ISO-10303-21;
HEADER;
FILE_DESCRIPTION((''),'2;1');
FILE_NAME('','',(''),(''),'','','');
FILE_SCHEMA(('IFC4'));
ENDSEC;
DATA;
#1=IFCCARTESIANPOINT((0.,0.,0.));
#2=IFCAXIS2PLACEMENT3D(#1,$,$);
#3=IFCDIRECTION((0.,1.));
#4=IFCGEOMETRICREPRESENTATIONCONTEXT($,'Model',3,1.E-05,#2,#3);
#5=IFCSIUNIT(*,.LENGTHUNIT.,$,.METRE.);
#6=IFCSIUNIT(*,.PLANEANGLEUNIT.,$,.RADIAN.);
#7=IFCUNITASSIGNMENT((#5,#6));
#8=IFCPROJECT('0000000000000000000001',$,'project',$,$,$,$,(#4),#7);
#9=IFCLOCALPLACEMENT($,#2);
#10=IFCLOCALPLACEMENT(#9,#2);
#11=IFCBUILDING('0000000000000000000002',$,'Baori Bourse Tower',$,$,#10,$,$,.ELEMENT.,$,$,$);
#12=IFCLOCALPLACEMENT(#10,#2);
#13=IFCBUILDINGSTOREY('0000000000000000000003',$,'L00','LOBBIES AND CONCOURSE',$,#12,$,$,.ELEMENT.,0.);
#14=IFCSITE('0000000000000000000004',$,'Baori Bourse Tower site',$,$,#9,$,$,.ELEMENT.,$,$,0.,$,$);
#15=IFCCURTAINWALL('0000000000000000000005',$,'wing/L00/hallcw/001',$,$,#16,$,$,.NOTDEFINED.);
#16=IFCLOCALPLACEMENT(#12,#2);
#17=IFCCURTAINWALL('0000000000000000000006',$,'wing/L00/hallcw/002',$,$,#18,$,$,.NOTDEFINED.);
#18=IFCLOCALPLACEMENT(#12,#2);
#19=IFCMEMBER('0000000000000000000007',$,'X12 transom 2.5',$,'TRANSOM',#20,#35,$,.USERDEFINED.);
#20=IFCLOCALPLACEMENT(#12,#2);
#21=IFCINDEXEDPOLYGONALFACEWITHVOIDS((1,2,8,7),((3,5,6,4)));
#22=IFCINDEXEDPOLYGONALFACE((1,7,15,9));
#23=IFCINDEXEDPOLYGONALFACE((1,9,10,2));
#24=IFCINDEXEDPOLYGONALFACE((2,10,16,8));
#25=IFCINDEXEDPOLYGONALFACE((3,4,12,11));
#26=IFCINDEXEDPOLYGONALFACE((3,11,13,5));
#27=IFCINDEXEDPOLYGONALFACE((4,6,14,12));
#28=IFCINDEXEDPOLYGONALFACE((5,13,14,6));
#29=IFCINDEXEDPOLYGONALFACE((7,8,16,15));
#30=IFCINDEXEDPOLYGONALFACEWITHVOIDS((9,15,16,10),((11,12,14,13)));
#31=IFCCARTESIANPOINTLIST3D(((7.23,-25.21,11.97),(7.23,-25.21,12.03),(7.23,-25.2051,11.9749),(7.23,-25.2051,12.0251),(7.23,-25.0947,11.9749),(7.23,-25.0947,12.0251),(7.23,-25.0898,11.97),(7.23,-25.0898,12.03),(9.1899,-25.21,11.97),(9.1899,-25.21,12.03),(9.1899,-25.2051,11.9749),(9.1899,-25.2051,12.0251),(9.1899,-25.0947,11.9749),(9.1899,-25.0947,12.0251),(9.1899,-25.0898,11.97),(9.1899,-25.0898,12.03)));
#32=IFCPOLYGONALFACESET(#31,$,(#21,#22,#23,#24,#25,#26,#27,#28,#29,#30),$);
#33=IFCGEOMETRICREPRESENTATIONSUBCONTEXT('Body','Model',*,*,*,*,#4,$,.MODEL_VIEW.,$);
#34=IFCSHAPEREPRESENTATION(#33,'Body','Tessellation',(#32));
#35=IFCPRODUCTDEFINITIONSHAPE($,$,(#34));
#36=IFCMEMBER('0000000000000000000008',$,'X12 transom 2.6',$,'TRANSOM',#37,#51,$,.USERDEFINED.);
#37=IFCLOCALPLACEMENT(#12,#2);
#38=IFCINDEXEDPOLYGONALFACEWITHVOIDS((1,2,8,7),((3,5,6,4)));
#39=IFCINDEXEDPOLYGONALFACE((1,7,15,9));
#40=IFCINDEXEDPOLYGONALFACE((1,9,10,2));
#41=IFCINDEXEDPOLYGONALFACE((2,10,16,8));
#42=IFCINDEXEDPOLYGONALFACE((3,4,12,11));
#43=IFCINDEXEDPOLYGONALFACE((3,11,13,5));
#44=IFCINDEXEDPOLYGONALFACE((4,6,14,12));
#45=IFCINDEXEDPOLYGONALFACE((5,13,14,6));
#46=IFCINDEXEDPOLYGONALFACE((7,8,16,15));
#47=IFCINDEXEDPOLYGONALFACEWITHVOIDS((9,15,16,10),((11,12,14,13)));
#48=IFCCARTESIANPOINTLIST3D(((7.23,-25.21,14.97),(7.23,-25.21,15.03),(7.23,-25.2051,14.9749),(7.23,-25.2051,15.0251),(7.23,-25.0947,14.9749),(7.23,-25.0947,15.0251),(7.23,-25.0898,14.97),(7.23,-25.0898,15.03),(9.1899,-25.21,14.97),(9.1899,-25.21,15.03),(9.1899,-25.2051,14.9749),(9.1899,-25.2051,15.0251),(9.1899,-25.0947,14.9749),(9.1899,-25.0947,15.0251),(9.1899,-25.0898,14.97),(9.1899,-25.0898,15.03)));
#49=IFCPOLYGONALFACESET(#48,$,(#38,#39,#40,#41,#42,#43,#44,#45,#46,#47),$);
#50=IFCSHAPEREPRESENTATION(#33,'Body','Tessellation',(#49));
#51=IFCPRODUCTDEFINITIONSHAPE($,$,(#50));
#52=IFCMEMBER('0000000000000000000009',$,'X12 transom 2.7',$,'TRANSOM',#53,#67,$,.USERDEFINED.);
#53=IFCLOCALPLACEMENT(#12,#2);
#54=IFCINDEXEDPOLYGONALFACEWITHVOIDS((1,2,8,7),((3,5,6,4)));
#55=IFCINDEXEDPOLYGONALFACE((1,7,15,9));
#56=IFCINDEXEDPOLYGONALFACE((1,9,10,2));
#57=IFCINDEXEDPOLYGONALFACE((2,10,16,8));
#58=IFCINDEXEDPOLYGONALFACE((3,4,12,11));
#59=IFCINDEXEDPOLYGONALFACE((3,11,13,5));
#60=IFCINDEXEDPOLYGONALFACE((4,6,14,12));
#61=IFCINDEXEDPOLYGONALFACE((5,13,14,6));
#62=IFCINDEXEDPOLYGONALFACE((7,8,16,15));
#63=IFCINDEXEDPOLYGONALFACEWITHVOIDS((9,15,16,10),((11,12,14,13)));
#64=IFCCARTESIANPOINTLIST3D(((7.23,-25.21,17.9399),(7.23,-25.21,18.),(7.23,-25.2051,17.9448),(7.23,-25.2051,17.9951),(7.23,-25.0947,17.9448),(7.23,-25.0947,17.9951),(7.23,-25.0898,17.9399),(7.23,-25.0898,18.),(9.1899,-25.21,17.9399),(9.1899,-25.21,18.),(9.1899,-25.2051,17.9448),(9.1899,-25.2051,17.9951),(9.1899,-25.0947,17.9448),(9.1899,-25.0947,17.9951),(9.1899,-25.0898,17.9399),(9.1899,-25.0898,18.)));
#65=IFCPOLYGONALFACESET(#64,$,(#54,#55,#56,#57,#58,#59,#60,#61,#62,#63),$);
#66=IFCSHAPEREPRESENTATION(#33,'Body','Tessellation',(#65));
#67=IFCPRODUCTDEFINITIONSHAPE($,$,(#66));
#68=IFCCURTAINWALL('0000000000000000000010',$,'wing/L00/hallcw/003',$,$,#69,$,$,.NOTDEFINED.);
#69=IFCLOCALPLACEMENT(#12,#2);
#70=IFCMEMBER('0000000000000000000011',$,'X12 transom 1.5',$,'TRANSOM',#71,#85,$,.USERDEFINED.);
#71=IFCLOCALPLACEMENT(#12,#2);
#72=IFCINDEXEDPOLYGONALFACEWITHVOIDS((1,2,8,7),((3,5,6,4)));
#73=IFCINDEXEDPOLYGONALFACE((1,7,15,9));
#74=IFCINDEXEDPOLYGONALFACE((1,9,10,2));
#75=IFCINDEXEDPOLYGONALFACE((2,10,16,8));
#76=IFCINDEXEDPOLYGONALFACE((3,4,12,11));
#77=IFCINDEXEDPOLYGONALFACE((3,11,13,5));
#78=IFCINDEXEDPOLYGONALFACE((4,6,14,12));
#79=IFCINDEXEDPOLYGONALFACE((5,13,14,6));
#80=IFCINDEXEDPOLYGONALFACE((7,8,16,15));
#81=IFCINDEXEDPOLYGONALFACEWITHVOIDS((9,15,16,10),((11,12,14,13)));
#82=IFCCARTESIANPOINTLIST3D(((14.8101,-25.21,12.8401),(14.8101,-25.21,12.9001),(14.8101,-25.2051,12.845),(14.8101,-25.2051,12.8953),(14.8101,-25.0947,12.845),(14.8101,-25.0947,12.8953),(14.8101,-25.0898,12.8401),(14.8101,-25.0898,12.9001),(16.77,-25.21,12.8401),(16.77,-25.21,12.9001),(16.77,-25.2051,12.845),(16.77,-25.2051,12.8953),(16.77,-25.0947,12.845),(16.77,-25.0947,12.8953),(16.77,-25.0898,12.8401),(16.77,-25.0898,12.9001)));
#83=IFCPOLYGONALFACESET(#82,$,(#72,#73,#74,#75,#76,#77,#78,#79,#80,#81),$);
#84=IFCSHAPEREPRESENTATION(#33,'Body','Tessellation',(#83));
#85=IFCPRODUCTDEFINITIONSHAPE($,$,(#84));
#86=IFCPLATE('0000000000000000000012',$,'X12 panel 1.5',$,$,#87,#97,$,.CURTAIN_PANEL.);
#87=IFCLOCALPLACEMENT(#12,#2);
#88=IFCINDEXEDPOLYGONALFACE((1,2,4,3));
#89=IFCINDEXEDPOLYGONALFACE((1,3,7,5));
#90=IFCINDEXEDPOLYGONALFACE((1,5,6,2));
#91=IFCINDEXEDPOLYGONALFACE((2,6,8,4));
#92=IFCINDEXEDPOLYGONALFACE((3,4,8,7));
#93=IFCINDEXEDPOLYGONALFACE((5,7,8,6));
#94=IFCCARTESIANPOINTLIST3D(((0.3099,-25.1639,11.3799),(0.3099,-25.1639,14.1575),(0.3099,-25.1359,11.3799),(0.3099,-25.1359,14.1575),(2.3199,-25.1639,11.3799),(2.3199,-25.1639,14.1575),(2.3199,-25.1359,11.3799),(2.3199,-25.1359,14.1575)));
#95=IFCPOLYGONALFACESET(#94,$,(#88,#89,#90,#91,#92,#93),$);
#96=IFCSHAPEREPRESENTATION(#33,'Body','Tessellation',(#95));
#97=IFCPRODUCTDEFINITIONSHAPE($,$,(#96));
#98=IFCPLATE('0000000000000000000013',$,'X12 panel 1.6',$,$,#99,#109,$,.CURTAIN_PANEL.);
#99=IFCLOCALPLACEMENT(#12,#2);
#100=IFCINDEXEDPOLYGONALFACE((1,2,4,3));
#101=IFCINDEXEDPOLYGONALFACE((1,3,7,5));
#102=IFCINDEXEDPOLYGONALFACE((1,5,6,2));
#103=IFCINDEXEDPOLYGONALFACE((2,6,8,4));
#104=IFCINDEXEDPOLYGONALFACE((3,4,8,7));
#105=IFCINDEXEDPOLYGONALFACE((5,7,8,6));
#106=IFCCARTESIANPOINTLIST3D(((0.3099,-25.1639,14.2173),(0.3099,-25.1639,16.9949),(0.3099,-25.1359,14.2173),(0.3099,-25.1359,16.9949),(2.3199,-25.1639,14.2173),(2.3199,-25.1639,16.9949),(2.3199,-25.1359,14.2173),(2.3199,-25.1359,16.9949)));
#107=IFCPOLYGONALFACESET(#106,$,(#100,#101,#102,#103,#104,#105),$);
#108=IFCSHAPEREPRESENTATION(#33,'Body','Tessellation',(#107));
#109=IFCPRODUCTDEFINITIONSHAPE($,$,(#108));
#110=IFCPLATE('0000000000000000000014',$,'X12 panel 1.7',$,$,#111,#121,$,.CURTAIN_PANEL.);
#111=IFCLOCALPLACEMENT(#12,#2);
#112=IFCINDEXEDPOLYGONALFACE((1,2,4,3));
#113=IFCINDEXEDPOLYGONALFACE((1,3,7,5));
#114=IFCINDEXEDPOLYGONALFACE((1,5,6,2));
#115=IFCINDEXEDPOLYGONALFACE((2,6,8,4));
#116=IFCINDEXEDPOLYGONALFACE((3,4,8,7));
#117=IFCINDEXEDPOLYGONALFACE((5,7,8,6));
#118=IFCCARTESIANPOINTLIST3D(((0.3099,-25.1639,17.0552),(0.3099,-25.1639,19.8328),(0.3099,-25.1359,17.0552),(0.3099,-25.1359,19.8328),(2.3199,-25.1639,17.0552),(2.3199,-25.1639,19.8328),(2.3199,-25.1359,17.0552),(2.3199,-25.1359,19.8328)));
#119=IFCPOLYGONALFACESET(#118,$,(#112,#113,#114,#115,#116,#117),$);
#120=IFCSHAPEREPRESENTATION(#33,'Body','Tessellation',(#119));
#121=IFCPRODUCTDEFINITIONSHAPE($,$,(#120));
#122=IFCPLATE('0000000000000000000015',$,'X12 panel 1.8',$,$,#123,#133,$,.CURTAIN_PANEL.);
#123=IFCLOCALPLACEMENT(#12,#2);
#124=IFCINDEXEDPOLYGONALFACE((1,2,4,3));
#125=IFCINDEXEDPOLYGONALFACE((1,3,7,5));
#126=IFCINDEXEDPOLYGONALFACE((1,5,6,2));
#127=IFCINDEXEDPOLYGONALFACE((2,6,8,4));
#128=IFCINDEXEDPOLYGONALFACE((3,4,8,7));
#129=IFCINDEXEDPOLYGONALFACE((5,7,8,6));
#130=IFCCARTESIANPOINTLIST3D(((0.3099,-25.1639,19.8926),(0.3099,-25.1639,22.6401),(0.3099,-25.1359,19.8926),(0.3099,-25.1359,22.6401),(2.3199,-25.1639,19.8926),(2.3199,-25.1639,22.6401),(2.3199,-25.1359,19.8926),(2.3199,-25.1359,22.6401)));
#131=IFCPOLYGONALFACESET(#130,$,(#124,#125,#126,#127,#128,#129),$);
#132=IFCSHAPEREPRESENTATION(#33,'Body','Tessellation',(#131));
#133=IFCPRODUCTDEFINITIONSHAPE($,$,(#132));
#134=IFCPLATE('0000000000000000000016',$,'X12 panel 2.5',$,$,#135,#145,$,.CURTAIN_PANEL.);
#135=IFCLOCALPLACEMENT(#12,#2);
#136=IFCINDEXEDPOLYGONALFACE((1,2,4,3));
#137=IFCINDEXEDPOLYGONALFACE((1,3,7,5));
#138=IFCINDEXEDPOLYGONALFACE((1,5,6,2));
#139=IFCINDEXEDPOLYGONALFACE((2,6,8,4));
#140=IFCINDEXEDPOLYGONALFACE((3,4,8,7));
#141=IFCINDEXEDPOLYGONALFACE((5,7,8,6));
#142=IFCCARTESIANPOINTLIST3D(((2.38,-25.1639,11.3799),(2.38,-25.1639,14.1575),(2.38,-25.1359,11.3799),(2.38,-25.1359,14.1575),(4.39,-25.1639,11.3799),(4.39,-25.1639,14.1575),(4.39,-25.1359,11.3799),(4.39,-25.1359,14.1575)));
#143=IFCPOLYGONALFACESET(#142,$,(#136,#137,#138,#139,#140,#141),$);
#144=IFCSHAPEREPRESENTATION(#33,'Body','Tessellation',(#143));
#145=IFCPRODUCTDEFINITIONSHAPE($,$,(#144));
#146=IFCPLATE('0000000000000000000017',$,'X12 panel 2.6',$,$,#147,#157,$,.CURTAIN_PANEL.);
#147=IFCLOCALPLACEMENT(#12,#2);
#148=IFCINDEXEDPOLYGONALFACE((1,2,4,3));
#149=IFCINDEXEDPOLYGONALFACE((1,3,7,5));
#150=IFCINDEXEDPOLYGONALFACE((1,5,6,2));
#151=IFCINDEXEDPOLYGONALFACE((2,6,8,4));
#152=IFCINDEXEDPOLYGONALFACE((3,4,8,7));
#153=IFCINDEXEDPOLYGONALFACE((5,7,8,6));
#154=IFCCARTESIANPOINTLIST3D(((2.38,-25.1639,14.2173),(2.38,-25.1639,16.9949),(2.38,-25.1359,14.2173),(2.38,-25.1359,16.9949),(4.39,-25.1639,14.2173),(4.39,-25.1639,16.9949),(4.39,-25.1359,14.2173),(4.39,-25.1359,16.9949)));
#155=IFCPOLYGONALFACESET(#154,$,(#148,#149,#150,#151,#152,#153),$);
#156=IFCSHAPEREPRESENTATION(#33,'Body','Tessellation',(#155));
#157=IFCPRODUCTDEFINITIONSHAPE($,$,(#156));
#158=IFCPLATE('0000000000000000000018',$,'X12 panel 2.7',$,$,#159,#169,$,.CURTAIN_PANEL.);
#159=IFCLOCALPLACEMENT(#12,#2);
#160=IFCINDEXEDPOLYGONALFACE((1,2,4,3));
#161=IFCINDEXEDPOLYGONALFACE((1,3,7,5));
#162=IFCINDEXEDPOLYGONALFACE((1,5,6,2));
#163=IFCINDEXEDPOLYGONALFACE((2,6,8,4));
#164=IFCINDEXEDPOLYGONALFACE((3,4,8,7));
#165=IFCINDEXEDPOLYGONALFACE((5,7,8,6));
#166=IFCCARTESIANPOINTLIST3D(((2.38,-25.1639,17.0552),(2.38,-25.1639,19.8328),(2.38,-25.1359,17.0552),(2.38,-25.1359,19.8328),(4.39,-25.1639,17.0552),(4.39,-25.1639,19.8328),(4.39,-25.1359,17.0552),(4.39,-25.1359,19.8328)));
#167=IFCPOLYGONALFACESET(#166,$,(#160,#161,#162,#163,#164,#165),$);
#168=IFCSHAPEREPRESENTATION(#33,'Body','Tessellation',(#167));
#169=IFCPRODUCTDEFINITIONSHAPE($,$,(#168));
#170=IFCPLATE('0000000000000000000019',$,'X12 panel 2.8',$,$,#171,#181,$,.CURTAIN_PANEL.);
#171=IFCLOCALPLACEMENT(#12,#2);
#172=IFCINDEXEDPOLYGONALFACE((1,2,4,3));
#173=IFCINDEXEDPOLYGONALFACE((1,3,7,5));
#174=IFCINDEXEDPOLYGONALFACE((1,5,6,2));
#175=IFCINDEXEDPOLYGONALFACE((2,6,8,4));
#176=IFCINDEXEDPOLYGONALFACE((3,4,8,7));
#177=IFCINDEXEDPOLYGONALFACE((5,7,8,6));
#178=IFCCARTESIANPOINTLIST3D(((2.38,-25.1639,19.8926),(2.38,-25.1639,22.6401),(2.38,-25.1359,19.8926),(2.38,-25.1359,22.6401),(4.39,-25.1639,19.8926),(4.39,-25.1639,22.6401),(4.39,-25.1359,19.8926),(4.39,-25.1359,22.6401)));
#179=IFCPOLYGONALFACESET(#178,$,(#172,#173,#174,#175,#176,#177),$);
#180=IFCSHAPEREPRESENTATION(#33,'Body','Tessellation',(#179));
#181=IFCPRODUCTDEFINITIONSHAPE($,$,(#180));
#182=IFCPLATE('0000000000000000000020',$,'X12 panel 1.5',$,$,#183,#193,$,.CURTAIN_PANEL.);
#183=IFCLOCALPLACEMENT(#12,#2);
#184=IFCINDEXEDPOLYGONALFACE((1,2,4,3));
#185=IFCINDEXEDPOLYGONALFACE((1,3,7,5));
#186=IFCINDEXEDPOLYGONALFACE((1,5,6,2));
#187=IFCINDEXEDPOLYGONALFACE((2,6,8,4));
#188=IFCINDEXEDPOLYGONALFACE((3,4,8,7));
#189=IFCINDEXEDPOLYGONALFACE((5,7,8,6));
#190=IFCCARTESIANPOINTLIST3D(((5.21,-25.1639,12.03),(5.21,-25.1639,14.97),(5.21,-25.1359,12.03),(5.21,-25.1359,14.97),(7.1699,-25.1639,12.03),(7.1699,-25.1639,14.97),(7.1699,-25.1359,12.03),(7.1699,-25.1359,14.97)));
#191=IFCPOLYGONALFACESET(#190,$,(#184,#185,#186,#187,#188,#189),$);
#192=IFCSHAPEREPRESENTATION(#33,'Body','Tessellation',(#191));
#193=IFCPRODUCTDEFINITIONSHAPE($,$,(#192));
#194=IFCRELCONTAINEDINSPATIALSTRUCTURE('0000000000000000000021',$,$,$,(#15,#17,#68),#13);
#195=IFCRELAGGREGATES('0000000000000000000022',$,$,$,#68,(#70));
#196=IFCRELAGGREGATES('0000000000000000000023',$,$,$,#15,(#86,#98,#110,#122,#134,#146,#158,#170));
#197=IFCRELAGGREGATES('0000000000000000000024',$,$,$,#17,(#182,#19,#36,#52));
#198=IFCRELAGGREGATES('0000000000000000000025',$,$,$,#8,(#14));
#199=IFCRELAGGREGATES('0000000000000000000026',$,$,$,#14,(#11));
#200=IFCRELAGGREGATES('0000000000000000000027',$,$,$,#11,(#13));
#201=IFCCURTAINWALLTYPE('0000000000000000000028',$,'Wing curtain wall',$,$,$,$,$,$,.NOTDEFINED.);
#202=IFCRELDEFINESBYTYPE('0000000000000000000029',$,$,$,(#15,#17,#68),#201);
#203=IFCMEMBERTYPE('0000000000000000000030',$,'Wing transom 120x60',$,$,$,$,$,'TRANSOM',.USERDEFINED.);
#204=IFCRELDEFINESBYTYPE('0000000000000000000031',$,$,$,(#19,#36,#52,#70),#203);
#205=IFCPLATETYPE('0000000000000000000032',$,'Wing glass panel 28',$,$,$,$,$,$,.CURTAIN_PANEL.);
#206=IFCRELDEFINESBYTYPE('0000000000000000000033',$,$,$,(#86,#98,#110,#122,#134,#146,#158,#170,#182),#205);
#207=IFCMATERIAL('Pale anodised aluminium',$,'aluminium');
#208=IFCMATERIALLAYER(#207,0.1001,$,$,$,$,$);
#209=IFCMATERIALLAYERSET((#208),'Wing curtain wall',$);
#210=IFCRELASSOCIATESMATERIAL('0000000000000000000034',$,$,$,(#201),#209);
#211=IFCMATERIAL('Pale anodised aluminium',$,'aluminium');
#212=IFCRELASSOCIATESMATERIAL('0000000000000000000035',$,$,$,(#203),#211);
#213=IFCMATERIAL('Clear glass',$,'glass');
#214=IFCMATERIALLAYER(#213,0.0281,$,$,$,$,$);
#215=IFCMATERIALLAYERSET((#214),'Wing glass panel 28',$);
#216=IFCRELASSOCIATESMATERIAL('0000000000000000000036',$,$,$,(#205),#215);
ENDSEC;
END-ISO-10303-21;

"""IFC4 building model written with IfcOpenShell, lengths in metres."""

from ifc_helpers import new_model, si_unit, direction, frame, origin, origin_2d, place, context, subcontext, project, spatial, rectangle, hollow_rectangle, extrude, material, layer, layer_set, material_profile, profile_set, type_object, element, aggregate, save


model = new_model("IFC4")

# Units and contexts
model_context = context("Model", 3, precision=1e-05, world=origin(), true_north=direction((0.0, 1.0)))
body_context = subcontext(model_context, "Body", "Model", "MODEL_VIEW")
ifc_project = project(units=[si_unit("LENGTHUNIT", "METRE"), si_unit("PLANEANGLEUNIT", "RADIAN")], contexts=[model_context])

# Site, building, storey
site_placement = place(None, origin())
site = spatial("IfcSite", under=ifc_project, at=site_placement, Name="Baori Bourse Tower site", CompositionType="ELEMENT", RefElevation=0.0)
building_placement = place(site_placement, origin())
building = spatial("IfcBuilding", under=site, at=building_placement, Name="Baori Bourse Tower", CompositionType="ELEMENT")
storey_placement = place(building_placement, origin())
storey = spatial("IfcBuildingStorey", under=building, at=storey_placement, Name="L00", Description="LOBBIES AND CONCOURSE", CompositionType="ELEMENT", Elevation=0.0)

# Curtain walls, members
ifc_material_1 = material(Name="Pale anodised aluminium", Category="aluminium")
ifc_layer_1 = layer(ifc_material_1, 0.1001)
ifc_layer_set_1 = layer_set([ifc_layer_1], Name="Wing curtain wall")
curtain_wall_type = type_object("IfcCurtainWallType", Name="Wing curtain wall", PredefinedType="NOTDEFINED", material=ifc_layer_set_1)
curtain_wall_1_placement = place(storey_placement, origin())
curtain_wall_1 = element("IfcCurtainWall", 1, at=curtain_wall_1_placement, inside=storey, type_object=curtain_wall_type, Name="wing/L00/hallcw/001", PredefinedType="NOTDEFINED")
ifc_material_2 = material(Name="Pale anodised aluminium", Category="aluminium")
ifc_material_profile_1 = material_profile(ifc_material_2, hollow_rectangle(XDim=0.1201, YDim=0.0601, WallThickness=0.0049, at=origin_2d()), Name="Transom 120x60x5")
ifc_profile_set_1 = profile_set([ifc_material_profile_1], Name="Pale anodised aluminium")
member_type = type_object("IfcMemberType", Name="Wing transom 120x60", ElementType="TRANSOM", PredefinedType="USERDEFINED", material=ifc_profile_set_1)
curtain_wall_2_placement = place(storey_placement, origin())
curtain_wall_2 = element("IfcCurtainWall", 2, at=curtain_wall_2_placement, inside=storey, type_object=curtain_wall_type, Name="wing/L00/hallcw/002", PredefinedType="NOTDEFINED")
member_1_placement = place(storey_placement, frame((7.23, -25.1499, 12.0), z_axis=(1.0, 0.0, 0.0), x_axis=(0.0, 1.0, 0.0)))
member_1 = element("IfcMember", 3, at=member_1_placement, type_object=member_type, Name="X12 transom 2.5", ObjectType="TRANSOM", PredefinedType="USERDEFINED", context=body_context, shape_type="SweptSolid", body=[
    extrude(hollow_rectangle(XDim=0.1201, YDim=0.0601, WallThickness=0.0049, at=origin_2d()), origin(), (0.0, 0.0, 1.0), 1.96),
])
member_2_placement = place(storey_placement, frame((7.23, -25.1499, 15.0), z_axis=(1.0, 0.0, 0.0), x_axis=(0.0, 1.0, 0.0)))
member_2 = element("IfcMember", 4, at=member_2_placement, type_object=member_type, Name="X12 transom 2.6", ObjectType="TRANSOM", PredefinedType="USERDEFINED", context=body_context, shape_type="SweptSolid", body=[
    extrude(hollow_rectangle(XDim=0.1201, YDim=0.0601, WallThickness=0.0049, at=origin_2d()), origin(), (0.0, 0.0, 1.0), 1.96),
])
member_3_placement = place(storey_placement, frame((7.23, -25.1499, 17.97), z_axis=(1.0, 0.0, 0.0), x_axis=(0.0, 1.0, 0.0)))
member_3 = element("IfcMember", 5, at=member_3_placement, type_object=member_type, Name="X12 transom 2.7", ObjectType="TRANSOM", PredefinedType="USERDEFINED", context=body_context, shape_type="SweptSolid", body=[
    extrude(hollow_rectangle(XDim=0.1201, YDim=0.0601, WallThickness=0.0049, at=origin_2d()), origin(), (0.0, 0.0, 1.0), 1.96),
])

# Curtain wall, member
curtain_wall_3_placement = place(storey_placement, origin())
curtain_wall_3 = element("IfcCurtainWall", 6, at=curtain_wall_3_placement, inside=storey, type_object=curtain_wall_type, Name="wing/L00/hallcw/003", PredefinedType="NOTDEFINED")
member_4_placement = place(storey_placement, frame((14.8101, -25.1499, 12.8701), z_axis=(1.0, 0.0, 0.0), x_axis=(0.0, 1.0, 0.0)))
member_4 = element("IfcMember", 7, at=member_4_placement, type_object=member_type, Name="X12 transom 1.5", ObjectType="TRANSOM", PredefinedType="USERDEFINED", context=body_context, shape_type="SweptSolid", body=[
    extrude(hollow_rectangle(XDim=0.1201, YDim=0.0601, WallThickness=0.0049, at=origin_2d()), origin(), (0.0, 0.0, 1.0), 1.96),
])
aggregate(curtain_wall_3, [member_4])

# Plates
ifc_material_3 = material(Name="Clear glass", Category="glass")
ifc_layer_2 = layer(ifc_material_3, 0.0281)
ifc_layer_set_2 = layer_set([ifc_layer_2], Name="Wing glass panel 28")
plate_type = type_object("IfcPlateType", Name="Wing glass panel 28", PredefinedType="CURTAIN_PANEL", material=ifc_layer_set_2)
plate_1_placement = place(storey_placement, frame((1.3149, -25.1499, 11.3799), z_axis=(0.0, 0.0, 1.0), x_axis=(1.0, 0.0, 0.0)))
plate_1 = element("IfcPlate", 8, at=plate_1_placement, type_object=plate_type, Name="X12 panel 1.5", PredefinedType="CURTAIN_PANEL", context=body_context, shape_type="SweptSolid", body=[
    extrude(rectangle(XDim=2.01, YDim=0.0281, at=origin_2d()), origin(), (0.0, 0.0, 1.0), 2.7776),
])
plate_2_placement = place(storey_placement, frame((1.3149, -25.1499, 14.2173), z_axis=(0.0, 0.0, 1.0), x_axis=(1.0, 0.0, 0.0)))
plate_2 = element("IfcPlate", 9, at=plate_2_placement, type_object=plate_type, Name="X12 panel 1.6", PredefinedType="CURTAIN_PANEL", context=body_context, shape_type="SweptSolid", body=[
    extrude(rectangle(XDim=2.01, YDim=0.0281, at=origin_2d()), origin(), (0.0, 0.0, 1.0), 2.7776),
])
plate_3_placement = place(storey_placement, frame((1.3149, -25.1499, 17.0552), z_axis=(0.0, 0.0, 1.0), x_axis=(1.0, 0.0, 0.0)))
plate_3 = element("IfcPlate", 10, at=plate_3_placement, type_object=plate_type, Name="X12 panel 1.7", PredefinedType="CURTAIN_PANEL", context=body_context, shape_type="SweptSolid", body=[
    extrude(rectangle(XDim=2.01, YDim=0.0281, at=origin_2d()), origin(), (0.0, 0.0, 1.0), 2.7776),
])
plate_4_placement = place(storey_placement, frame((1.3149, -25.1499, 19.8926), z_axis=(0.0, 0.0, 1.0), x_axis=(1.0, 0.0, 0.0)))
plate_4 = element("IfcPlate", 11, at=plate_4_placement, type_object=plate_type, Name="X12 panel 1.8", PredefinedType="CURTAIN_PANEL", context=body_context, shape_type="SweptSolid", body=[
    extrude(rectangle(XDim=2.01, YDim=0.0281, at=origin_2d()), origin(), (0.0, 0.0, 1.0), 2.7476),
])
plate_5_placement = place(storey_placement, frame((3.385, -25.1499, 11.3799), z_axis=(0.0, 0.0, 1.0), x_axis=(1.0, 0.0, 0.0)))
plate_5 = element("IfcPlate", 12, at=plate_5_placement, type_object=plate_type, Name="X12 panel 2.5", PredefinedType="CURTAIN_PANEL", context=body_context, shape_type="SweptSolid", body=[
    extrude(rectangle(XDim=2.01, YDim=0.0281, at=origin_2d()), origin(), (0.0, 0.0, 1.0), 2.7776),
])
plate_6_placement = place(storey_placement, frame((3.385, -25.1499, 14.2173), z_axis=(0.0, 0.0, 1.0), x_axis=(1.0, 0.0, 0.0)))
plate_6 = element("IfcPlate", 13, at=plate_6_placement, type_object=plate_type, Name="X12 panel 2.6", PredefinedType="CURTAIN_PANEL", context=body_context, shape_type="SweptSolid", body=[
    extrude(rectangle(XDim=2.01, YDim=0.0281, at=origin_2d()), origin(), (0.0, 0.0, 1.0), 2.7776),
])
plate_7_placement = place(storey_placement, frame((3.385, -25.1499, 17.0552), z_axis=(0.0, 0.0, 1.0), x_axis=(1.0, 0.0, 0.0)))
plate_7 = element("IfcPlate", 14, at=plate_7_placement, type_object=plate_type, Name="X12 panel 2.7", PredefinedType="CURTAIN_PANEL", context=body_context, shape_type="SweptSolid", body=[
    extrude(rectangle(XDim=2.01, YDim=0.0281, at=origin_2d()), origin(), (0.0, 0.0, 1.0), 2.7776),
])
plate_8_placement = place(storey_placement, frame((3.385, -25.1499, 19.8926), z_axis=(0.0, 0.0, 1.0), x_axis=(1.0, 0.0, 0.0)))
plate_8 = element("IfcPlate", 15, at=plate_8_placement, type_object=plate_type, Name="X12 panel 2.8", PredefinedType="CURTAIN_PANEL", context=body_context, shape_type="SweptSolid", body=[
    extrude(rectangle(XDim=2.01, YDim=0.0281, at=origin_2d()), origin(), (0.0, 0.0, 1.0), 2.7476),
])
aggregate(curtain_wall_1, [plate_1, plate_2, plate_3, plate_4, plate_5, plate_6, plate_7, plate_8])
plate_9_placement = place(storey_placement, frame((6.1899, -25.1499, 12.03), z_axis=(0.0, 0.0, 1.0), x_axis=(1.0, 0.0, 0.0)))
plate_9 = element("IfcPlate", 16, at=plate_9_placement, type_object=plate_type, Name="X12 panel 1.5", PredefinedType="CURTAIN_PANEL", context=body_context, shape_type="SweptSolid", body=[
    extrude(rectangle(XDim=1.96, YDim=0.0281, at=origin_2d()), origin(), (0.0, 0.0, 1.0), 2.9399),
])
aggregate(curtain_wall_2, [plate_9, member_1, member_2, member_3])

save(model, "model.ifc")
